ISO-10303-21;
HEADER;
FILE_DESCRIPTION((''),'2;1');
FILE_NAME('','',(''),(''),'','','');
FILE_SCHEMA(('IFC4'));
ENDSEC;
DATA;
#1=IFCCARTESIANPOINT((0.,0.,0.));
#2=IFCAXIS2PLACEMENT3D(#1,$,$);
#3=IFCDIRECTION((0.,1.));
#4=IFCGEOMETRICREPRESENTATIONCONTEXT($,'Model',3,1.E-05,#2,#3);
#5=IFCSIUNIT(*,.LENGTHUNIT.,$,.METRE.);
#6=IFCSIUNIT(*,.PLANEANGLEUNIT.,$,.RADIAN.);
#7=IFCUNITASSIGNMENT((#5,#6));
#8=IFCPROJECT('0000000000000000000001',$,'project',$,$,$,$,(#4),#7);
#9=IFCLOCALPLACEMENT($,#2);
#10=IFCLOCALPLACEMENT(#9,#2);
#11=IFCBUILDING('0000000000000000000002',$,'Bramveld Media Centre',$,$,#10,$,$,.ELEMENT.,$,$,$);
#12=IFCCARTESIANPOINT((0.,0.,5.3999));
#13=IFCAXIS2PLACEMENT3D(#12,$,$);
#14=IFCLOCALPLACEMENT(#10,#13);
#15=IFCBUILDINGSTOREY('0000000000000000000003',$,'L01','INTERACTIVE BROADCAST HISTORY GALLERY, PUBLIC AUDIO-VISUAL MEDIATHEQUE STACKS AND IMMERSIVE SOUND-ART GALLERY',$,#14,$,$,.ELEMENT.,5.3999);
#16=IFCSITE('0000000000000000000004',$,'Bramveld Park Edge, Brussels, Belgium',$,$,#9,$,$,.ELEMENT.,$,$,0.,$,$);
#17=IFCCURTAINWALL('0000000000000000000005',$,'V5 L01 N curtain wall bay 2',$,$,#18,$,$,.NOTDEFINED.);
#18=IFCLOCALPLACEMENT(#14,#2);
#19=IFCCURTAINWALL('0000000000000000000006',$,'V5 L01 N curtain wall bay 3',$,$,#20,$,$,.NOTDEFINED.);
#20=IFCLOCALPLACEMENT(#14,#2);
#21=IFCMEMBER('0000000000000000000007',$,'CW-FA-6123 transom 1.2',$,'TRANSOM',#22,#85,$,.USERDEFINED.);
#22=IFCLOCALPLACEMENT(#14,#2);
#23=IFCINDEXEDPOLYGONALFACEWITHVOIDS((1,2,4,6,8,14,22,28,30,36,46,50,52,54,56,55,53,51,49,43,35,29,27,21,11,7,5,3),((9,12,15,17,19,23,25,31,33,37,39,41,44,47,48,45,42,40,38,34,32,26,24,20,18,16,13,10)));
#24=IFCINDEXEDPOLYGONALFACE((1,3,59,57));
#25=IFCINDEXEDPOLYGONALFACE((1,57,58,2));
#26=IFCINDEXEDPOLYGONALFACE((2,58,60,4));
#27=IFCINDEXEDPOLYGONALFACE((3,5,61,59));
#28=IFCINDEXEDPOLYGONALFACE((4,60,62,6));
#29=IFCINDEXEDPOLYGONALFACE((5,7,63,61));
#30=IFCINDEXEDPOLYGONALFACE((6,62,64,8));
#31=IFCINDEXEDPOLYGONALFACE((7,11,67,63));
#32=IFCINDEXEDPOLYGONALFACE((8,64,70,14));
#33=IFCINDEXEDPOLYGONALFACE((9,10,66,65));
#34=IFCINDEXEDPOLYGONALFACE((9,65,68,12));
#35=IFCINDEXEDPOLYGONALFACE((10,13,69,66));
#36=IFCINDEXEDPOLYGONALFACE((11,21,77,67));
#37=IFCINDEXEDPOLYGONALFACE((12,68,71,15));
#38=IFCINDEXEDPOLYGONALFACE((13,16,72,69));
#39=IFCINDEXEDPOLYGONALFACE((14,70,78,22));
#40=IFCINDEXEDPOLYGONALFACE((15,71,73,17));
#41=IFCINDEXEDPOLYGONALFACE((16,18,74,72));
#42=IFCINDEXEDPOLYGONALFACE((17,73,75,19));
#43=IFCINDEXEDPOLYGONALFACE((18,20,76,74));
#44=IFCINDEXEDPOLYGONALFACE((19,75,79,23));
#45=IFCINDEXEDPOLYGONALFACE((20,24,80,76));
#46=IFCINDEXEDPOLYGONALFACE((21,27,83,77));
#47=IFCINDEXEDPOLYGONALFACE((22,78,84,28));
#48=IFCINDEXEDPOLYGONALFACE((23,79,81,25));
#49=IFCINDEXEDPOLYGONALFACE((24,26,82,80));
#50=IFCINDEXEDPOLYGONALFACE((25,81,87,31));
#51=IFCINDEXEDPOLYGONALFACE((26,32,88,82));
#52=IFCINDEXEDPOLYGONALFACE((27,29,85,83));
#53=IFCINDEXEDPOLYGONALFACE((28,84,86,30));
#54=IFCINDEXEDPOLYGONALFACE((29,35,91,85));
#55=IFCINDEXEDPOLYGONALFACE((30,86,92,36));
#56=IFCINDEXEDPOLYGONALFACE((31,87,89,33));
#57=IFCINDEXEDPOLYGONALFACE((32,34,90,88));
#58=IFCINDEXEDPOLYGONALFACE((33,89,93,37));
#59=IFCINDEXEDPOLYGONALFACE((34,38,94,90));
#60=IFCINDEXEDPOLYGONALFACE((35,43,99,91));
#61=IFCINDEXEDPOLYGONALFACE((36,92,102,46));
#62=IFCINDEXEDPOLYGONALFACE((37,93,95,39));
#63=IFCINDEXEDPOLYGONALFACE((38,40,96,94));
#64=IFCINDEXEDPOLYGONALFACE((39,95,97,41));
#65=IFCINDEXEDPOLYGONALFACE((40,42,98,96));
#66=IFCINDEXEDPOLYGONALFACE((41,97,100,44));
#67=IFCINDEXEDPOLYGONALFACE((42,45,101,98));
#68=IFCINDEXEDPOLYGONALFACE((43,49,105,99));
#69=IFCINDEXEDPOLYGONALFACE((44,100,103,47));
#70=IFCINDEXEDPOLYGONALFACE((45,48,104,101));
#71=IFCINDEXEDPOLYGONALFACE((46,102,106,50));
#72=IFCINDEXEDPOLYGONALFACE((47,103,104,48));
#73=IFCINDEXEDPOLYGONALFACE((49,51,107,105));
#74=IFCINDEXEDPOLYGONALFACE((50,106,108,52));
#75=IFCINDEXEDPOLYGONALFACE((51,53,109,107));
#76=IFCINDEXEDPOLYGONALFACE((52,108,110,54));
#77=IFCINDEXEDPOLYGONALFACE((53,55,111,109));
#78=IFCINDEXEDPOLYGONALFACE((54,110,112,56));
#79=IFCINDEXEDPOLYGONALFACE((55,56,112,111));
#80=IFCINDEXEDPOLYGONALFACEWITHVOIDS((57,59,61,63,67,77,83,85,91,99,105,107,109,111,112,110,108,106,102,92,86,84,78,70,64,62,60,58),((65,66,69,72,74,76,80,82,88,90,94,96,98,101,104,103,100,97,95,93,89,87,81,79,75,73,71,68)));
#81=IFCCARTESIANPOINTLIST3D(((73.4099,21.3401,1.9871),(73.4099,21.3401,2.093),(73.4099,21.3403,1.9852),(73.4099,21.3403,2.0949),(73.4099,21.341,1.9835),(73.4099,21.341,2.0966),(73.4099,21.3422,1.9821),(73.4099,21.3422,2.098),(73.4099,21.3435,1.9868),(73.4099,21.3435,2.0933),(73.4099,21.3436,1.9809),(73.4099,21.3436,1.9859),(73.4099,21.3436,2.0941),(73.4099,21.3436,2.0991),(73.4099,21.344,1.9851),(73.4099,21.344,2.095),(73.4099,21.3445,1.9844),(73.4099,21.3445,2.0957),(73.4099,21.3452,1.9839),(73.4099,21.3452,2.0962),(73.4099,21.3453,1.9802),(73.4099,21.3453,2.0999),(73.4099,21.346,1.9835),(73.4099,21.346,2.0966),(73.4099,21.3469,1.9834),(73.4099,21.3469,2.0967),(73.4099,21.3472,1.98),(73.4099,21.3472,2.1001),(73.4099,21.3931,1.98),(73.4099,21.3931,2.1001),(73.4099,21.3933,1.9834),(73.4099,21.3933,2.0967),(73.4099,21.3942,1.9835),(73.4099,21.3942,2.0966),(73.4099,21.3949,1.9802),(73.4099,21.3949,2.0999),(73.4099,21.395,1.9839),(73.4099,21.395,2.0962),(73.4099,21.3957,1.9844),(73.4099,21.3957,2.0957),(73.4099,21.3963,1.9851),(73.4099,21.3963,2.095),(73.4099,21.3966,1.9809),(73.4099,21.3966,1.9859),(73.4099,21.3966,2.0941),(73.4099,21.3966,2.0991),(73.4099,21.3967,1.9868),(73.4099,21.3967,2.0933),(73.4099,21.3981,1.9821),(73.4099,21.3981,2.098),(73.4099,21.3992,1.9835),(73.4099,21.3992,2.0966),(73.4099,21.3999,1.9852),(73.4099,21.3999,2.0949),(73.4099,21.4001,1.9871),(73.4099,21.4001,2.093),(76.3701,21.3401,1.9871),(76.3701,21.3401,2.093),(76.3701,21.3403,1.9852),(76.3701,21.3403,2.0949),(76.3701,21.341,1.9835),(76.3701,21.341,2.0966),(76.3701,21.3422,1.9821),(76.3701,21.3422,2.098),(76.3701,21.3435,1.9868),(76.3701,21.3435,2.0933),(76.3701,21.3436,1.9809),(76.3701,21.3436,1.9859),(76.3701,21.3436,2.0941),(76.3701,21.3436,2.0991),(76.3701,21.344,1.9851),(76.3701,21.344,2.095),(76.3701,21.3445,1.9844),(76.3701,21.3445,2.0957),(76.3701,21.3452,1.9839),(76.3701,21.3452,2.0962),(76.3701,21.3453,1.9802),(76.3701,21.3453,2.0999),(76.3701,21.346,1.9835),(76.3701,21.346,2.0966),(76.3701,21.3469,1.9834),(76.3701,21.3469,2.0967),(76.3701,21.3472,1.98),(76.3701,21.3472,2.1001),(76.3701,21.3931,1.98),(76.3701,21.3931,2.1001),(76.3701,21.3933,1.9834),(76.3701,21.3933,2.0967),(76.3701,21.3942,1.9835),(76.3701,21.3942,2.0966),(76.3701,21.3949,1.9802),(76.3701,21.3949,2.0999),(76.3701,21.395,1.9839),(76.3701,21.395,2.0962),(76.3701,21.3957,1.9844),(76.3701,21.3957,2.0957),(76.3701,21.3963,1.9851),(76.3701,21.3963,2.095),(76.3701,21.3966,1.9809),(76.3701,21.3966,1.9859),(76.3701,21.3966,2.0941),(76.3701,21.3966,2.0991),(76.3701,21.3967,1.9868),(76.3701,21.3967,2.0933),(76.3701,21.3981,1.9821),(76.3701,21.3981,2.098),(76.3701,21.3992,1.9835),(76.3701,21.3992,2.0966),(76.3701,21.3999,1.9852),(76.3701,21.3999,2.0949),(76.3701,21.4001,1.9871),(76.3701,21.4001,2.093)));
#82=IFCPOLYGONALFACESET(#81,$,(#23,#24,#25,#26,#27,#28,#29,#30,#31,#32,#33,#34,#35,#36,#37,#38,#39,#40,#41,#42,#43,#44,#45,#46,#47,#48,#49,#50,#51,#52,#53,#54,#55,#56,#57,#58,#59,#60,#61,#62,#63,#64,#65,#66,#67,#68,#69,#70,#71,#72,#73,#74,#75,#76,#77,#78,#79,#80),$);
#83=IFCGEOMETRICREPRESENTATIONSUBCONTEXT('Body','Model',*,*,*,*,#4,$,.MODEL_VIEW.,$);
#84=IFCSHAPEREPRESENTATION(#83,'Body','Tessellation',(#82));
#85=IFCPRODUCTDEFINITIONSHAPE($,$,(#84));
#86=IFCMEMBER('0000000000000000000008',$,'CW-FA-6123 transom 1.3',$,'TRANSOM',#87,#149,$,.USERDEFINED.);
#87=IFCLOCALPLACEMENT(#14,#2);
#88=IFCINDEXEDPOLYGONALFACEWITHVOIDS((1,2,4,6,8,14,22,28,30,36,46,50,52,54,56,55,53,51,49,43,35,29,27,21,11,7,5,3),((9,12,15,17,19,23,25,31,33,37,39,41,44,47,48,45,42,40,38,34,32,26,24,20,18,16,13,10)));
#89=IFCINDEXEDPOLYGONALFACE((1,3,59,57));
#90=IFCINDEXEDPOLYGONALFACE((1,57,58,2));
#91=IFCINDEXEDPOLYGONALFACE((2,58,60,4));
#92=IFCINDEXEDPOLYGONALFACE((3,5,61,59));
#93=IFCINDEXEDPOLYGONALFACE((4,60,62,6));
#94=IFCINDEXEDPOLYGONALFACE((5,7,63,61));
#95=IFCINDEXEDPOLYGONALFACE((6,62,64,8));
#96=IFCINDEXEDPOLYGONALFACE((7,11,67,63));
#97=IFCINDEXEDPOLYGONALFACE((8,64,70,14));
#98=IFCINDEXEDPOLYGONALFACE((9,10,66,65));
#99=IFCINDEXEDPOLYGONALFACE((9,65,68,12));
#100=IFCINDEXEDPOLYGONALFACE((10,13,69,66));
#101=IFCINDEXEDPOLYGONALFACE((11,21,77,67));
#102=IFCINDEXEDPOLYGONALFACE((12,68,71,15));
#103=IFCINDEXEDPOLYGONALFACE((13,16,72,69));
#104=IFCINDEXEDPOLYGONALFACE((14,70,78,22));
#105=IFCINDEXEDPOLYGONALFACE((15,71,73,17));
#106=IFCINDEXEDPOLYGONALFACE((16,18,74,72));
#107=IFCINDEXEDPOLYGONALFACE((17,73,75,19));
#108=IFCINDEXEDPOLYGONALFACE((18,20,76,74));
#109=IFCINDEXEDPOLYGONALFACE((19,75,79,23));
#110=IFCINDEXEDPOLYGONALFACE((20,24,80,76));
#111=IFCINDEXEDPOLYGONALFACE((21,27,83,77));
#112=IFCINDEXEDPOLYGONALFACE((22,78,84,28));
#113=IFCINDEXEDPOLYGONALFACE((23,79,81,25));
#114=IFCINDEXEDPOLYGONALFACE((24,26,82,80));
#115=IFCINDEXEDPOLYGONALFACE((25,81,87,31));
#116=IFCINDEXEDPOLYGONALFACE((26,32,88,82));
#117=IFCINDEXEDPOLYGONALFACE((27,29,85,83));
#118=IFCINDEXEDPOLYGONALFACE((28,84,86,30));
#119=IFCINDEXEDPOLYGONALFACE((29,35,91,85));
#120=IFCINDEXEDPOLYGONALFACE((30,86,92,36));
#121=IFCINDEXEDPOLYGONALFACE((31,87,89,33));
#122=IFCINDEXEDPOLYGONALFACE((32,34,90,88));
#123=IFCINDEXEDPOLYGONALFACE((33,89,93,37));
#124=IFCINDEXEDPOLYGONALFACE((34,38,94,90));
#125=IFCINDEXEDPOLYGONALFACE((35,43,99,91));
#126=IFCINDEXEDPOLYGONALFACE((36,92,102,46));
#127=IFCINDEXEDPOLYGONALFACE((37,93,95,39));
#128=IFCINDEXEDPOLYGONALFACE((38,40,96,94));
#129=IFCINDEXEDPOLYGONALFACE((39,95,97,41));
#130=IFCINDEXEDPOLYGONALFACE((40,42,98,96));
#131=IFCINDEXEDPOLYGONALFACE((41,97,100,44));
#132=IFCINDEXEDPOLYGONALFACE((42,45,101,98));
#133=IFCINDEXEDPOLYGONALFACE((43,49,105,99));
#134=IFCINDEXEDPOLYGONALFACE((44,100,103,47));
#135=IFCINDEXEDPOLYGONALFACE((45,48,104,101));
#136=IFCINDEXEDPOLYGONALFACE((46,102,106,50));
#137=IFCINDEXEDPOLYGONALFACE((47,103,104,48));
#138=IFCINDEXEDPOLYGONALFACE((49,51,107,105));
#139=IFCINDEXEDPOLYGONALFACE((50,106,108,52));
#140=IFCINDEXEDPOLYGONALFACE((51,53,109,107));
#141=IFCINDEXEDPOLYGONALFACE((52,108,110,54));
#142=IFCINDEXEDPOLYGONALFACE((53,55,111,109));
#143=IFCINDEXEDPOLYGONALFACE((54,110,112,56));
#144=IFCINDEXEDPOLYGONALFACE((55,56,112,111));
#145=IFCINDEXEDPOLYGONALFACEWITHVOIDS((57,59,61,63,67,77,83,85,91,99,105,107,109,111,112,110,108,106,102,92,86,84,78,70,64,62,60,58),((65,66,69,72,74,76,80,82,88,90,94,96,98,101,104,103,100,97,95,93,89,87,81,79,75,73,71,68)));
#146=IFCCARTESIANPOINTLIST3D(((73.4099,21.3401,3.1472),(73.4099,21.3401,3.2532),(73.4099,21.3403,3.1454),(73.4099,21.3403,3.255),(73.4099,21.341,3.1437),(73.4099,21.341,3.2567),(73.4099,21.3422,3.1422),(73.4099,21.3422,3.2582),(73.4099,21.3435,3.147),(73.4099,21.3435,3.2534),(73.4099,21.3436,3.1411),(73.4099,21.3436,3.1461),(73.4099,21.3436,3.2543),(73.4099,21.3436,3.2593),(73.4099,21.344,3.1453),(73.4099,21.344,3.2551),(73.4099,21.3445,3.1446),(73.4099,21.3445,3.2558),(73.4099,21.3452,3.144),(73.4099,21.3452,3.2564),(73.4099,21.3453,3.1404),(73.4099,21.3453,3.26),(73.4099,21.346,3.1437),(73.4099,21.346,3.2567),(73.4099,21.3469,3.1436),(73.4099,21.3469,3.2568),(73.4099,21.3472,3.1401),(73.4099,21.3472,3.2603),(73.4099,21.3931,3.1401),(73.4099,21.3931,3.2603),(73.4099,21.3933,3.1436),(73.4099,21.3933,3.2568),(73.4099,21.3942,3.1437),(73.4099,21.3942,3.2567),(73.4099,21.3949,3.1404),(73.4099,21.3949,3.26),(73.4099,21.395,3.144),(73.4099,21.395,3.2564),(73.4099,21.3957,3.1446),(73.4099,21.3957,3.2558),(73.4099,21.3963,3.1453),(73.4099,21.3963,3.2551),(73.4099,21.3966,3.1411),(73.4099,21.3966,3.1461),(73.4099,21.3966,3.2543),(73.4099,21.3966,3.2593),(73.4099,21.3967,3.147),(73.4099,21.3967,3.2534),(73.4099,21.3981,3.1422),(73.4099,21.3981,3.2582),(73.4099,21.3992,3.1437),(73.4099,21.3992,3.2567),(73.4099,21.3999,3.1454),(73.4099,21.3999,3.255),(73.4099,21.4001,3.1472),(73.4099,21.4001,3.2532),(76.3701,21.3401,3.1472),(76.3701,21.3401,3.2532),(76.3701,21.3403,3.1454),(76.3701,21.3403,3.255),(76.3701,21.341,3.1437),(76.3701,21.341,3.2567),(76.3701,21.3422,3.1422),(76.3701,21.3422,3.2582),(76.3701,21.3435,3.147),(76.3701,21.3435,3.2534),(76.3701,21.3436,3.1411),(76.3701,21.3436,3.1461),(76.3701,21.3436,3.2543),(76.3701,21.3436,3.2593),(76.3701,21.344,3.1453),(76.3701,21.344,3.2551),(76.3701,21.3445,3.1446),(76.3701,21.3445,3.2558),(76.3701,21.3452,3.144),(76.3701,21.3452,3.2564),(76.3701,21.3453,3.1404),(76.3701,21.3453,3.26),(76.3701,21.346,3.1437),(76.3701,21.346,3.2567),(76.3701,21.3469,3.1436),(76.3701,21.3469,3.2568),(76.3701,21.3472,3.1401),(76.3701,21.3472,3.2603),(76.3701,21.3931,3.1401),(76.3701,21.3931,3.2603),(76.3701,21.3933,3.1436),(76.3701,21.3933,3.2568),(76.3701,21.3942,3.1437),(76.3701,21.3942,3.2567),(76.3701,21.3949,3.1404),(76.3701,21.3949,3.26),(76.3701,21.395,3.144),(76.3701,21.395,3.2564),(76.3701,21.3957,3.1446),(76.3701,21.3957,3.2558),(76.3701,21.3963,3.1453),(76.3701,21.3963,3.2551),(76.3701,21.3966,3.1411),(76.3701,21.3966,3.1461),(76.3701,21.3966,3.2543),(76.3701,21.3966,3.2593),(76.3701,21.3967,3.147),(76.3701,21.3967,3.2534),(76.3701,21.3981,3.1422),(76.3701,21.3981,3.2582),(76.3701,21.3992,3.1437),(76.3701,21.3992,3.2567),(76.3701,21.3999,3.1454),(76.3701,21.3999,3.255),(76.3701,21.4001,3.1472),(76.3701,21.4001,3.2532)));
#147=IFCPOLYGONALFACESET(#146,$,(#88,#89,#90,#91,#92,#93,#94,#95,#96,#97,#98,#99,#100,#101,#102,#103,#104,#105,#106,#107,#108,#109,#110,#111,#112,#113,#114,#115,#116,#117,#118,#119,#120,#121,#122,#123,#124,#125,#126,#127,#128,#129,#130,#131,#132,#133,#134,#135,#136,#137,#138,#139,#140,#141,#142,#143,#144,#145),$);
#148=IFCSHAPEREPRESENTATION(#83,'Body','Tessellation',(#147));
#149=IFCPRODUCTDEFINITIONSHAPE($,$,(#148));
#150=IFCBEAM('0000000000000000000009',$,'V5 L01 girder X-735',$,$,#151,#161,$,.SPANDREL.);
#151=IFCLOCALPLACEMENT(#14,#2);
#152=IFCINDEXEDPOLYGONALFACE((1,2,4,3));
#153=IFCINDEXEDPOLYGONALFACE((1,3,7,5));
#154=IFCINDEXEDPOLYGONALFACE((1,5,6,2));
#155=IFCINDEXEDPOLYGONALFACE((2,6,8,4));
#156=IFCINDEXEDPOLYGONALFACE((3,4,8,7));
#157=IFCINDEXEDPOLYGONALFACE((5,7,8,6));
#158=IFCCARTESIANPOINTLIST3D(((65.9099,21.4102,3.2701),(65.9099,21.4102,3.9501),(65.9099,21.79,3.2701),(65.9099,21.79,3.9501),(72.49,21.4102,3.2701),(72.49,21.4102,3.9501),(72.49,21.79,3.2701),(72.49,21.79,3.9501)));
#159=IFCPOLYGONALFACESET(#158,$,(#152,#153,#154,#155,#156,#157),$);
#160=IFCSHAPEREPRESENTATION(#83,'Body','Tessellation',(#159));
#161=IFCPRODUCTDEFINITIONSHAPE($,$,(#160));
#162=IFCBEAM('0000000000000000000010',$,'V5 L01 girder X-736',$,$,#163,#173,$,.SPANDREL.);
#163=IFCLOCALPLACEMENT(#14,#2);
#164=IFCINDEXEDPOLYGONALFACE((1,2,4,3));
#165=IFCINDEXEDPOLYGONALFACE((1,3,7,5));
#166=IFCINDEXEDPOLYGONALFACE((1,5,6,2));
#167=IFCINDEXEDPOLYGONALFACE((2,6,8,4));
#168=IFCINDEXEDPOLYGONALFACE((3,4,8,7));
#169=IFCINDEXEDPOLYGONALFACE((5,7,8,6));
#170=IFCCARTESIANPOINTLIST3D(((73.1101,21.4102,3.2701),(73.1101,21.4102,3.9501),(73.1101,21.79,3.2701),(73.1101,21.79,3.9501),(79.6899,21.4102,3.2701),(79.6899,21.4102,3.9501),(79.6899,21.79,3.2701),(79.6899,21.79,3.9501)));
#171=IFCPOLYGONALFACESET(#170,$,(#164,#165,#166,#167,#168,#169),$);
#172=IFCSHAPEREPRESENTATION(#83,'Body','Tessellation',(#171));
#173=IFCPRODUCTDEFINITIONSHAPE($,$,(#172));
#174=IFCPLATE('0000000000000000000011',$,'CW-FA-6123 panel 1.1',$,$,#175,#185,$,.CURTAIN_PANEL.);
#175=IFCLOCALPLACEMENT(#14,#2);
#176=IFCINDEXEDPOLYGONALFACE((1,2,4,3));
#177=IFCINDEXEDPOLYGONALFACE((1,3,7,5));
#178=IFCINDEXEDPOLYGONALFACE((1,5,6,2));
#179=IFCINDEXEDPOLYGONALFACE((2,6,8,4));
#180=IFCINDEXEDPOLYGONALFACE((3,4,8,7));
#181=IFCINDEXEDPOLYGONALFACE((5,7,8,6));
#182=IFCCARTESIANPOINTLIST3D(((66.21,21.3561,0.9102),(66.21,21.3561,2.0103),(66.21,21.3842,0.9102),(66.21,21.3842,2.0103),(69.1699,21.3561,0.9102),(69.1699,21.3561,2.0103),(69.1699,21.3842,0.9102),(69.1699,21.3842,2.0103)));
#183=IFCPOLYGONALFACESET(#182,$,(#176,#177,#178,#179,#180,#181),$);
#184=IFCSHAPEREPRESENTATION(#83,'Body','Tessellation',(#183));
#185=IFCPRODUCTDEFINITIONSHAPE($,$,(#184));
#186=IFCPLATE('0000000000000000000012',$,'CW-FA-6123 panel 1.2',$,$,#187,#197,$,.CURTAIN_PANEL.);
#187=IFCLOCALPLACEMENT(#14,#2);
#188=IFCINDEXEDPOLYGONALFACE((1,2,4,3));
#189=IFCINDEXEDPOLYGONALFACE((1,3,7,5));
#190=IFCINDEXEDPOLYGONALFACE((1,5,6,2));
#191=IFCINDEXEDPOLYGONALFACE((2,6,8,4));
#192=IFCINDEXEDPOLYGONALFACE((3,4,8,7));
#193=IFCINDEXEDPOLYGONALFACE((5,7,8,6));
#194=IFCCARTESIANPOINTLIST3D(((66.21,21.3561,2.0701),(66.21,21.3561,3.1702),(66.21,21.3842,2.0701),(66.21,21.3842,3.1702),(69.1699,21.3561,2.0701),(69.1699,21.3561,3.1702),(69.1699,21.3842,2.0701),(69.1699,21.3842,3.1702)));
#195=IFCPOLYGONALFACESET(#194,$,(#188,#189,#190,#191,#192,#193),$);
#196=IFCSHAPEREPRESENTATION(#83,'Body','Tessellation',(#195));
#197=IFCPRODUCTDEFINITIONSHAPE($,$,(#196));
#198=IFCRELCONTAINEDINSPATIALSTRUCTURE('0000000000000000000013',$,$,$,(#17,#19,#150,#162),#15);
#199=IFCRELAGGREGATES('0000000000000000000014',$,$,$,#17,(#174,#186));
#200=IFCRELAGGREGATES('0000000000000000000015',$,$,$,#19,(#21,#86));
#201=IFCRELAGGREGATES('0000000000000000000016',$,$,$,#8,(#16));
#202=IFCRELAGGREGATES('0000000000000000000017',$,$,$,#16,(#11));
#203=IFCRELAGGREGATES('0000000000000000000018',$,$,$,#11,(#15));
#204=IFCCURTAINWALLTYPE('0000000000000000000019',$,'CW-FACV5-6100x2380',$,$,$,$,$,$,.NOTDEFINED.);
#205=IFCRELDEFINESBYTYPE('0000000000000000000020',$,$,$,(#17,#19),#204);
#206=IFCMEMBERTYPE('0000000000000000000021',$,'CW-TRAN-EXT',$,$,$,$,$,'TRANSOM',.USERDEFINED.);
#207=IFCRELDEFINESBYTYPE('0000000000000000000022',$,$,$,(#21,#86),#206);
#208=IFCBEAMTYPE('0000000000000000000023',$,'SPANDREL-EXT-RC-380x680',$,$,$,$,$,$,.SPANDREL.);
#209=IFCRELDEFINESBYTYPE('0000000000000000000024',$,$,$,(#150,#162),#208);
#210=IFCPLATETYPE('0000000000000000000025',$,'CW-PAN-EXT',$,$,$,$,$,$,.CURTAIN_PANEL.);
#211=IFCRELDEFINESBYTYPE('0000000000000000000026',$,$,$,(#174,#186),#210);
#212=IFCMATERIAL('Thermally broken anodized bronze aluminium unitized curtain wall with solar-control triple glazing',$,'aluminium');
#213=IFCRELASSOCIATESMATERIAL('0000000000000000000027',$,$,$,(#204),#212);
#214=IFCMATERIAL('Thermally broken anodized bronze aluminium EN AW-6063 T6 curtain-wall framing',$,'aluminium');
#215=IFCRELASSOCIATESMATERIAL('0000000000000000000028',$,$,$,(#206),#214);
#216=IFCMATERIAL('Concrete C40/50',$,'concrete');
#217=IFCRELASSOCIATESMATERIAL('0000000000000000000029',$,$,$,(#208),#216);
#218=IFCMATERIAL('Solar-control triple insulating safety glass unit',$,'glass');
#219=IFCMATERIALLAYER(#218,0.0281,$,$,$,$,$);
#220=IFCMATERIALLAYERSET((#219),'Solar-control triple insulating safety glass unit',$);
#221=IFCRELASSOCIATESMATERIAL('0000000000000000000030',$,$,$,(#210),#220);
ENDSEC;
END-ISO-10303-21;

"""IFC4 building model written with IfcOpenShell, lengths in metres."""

from ifc_helpers import new_model, si_unit, direction, frame, origin, origin_2d, place, context, subcontext, project, spatial, rectangle, hollow_rectangle, extrude, material, layer, layer_set, material_profile, profile_set, type_object, element, aggregate, save


model = new_model("IFC4")

# Units and contexts
model_context = context("Model", 3, precision=1e-05, world=origin(), true_north=direction((0.0, 1.0)))
body_context = subcontext(model_context, "Body", "Model", "MODEL_VIEW")
ifc_project = project(units=[si_unit("LENGTHUNIT", "METRE"), si_unit("PLANEANGLEUNIT", "RADIAN")], contexts=[model_context])

# Site, building, storey
site_placement = place(None, origin())
site = spatial("IfcSite", under=ifc_project, at=site_placement, Name="Bramveld Park Edge, Brussels, Belgium", CompositionType="ELEMENT", RefElevation=0.0)
building_placement = place(site_placement, origin())
building = spatial("IfcBuilding", under=site, at=building_placement, Name="Bramveld Media Centre", CompositionType="ELEMENT")
storey_placement = place(building_placement, frame((0.0, 0.0, 5.3999)))
storey = spatial("IfcBuildingStorey", under=building, at=storey_placement, Name="L01", Description="INTERACTIVE BROADCAST HISTORY GALLERY, PUBLIC AUDIO-VISUAL MEDIATHEQUE STACKS AND IMMERSIVE SOUND-ART GALLERY", CompositionType="ELEMENT", Elevation=5.3999)

# Curtain wall
ifc_material_1 = material(Name="Thermally broken anodized bronze aluminium unitized curtain wall with solar-control triple glazing", Category="aluminium")
curtain_wall_type = type_object("IfcCurtainWallType", Name="CW-FACV5-6100x2380", PredefinedType="NOTDEFINED", material=ifc_material_1)
curtain_wall_1_placement = place(storey_placement, origin())
curtain_wall_1 = element("IfcCurtainWall", 1, at=curtain_wall_1_placement, inside=storey, type_object=curtain_wall_type, Name="V5 L01 N curtain wall bay 2", PredefinedType="NOTDEFINED")

# Curtain wall
curtain_wall_2_placement = place(storey_placement, origin())
curtain_wall_2 = element("IfcCurtainWall", 2, at=curtain_wall_2_placement, inside=storey, type_object=curtain_wall_type, Name="V5 L01 N curtain wall bay 3", PredefinedType="NOTDEFINED")

# Members
ifc_material_2 = material(Name="Thermally broken anodized bronze aluminium EN AW-6063 T6 curtain-wall framing", Category="aluminium")
ifc_material_profile_1 = material_profile(ifc_material_2, hollow_rectangle(XDim=0.0601, YDim=0.1201, WallThickness=0.0034, InnerFilletRadius=0.0034, OuterFilletRadius=0.0071, at=origin_2d()), Name="AL-TRAN 60x120")
ifc_profile_set_1 = profile_set([ifc_material_profile_1], Name="Thermally broken anodized bronze aluminium EN AW-6063 T6 curtain-wall framing")
member_type_1 = type_object("IfcMemberType", Name="CW-TRAN-EXT", ElementType="TRANSOM", PredefinedType="USERDEFINED", material=ifc_profile_set_1)
member_1_placement = place(storey_placement, frame((73.4099, 21.3701, 2.04), z_axis=(1.0, 0.0, 0.0), x_axis=(0.0, 1.0, 0.0)))
member_1 = element("IfcMember", 3, at=member_1_placement, type_object=member_type_1, Name="CW-FA-6123 transom 1.2", ObjectType="TRANSOM", PredefinedType="USERDEFINED", context=body_context, shape_type="SweptSolid", body=[
    extrude(hollow_rectangle(XDim=0.0601, YDim=0.1201, WallThickness=0.0034, InnerFilletRadius=0.0034, OuterFilletRadius=0.0071, at=origin_2d()), origin(), (0.0, 0.0, 1.0), 2.9602),
])
member_2_placement = place(storey_placement, frame((73.4099, 21.3701, 3.2002), z_axis=(1.0, 0.0, 0.0), x_axis=(0.0, 1.0, 0.0)))
member_2 = element("IfcMember", 4, at=member_2_placement, type_object=member_type_1, Name="CW-FA-6123 transom 1.3", ObjectType="TRANSOM", PredefinedType="USERDEFINED", context=body_context, shape_type="SweptSolid", body=[
    extrude(hollow_rectangle(XDim=0.0601, YDim=0.1201, WallThickness=0.0034, InnerFilletRadius=0.0034, OuterFilletRadius=0.0071, at=origin_2d()), origin(), (0.0, 0.0, 1.0), 2.9602),
])

# Beams
ifc_material_3 = material(Name="Concrete C40/50", Category="concrete")
ifc_material_profile_2 = material_profile(ifc_material_3, rectangle(XDim=0.3799, YDim=0.6799, at=origin_2d()), Name="RC 380x680")
ifc_profile_set_2 = profile_set([ifc_material_profile_2], Name="Concrete C40/50")
beam_type = type_object("IfcBeamType", Name="SPANDREL-EXT-RC-380x680", PredefinedType="SPANDREL", material=ifc_profile_set_2)
beam_1_placement = place(storey_placement, frame((65.9099, 21.6001, 3.6101), z_axis=(1.0, 0.0, 0.0), x_axis=(0.0, 1.0, 0.0)))
element("IfcBeam", 5, at=beam_1_placement, inside=storey, type_object=beam_type, Name="V5 L01 girder X-735", PredefinedType="SPANDREL", context=body_context, shape_type="SweptSolid", body=[
    extrude(rectangle(XDim=0.3799, YDim=0.6799, at=origin_2d()), origin(), (0.0, 0.0, 1.0), 6.5801),
])
beam_2_placement = place(storey_placement, frame((73.1101, 21.6001, 3.6101), z_axis=(1.0, 0.0, 0.0), x_axis=(0.0, 1.0, 0.0)))
element("IfcBeam", 6, at=beam_2_placement, inside=storey, type_object=beam_type, Name="V5 L01 girder X-736", PredefinedType="SPANDREL", context=body_context, shape_type="SweptSolid", body=[
    extrude(rectangle(XDim=0.3799, YDim=0.6799, at=origin_2d()), origin(), (0.0, 0.0, 1.0), 6.5798),
])

# Plates
ifc_material_4 = material(Name="Solar-control triple insulating safety glass unit", Category="glass")
ifc_layer = layer(ifc_material_4, 0.0281)
ifc_layer_set = layer_set([ifc_layer], Name="Solar-control triple insulating safety glass unit")
plate_type = type_object("IfcPlateType", Name="CW-PAN-EXT", PredefinedType="CURTAIN_PANEL", material=ifc_layer_set)
plate_1_placement = place(storey_placement, frame((67.6899, 21.3701, 0.9102), z_axis=(0.0, 0.0, 1.0), x_axis=(1.0, 0.0, 0.0)))
plate_1 = element("IfcPlate", 7, at=plate_1_placement, type_object=plate_type, Name="CW-FA-6123 panel 1.1", PredefinedType="CURTAIN_PANEL", context=body_context, shape_type="SweptSolid", body=[
    extrude(rectangle(XDim=2.96, YDim=0.0281, at=origin_2d()), origin(), (0.0, 0.0, 1.0), 1.1001),
])
plate_2_placement = place(storey_placement, frame((67.6899, 21.3701, 2.0701), z_axis=(0.0, 0.0, 1.0), x_axis=(1.0, 0.0, 0.0)))
plate_2 = element("IfcPlate", 8, at=plate_2_placement, type_object=plate_type, Name="CW-FA-6123 panel 1.2", PredefinedType="CURTAIN_PANEL", context=body_context, shape_type="SweptSolid", body=[
    extrude(rectangle(XDim=2.96, YDim=0.0281, at=origin_2d()), origin(), (0.0, 0.0, 1.0), 1.1001),
])
aggregate(curtain_wall_1, [plate_1, plate_2])
aggregate(curtain_wall_2, [member_1, member_2])

save(model, "model.ifc")
